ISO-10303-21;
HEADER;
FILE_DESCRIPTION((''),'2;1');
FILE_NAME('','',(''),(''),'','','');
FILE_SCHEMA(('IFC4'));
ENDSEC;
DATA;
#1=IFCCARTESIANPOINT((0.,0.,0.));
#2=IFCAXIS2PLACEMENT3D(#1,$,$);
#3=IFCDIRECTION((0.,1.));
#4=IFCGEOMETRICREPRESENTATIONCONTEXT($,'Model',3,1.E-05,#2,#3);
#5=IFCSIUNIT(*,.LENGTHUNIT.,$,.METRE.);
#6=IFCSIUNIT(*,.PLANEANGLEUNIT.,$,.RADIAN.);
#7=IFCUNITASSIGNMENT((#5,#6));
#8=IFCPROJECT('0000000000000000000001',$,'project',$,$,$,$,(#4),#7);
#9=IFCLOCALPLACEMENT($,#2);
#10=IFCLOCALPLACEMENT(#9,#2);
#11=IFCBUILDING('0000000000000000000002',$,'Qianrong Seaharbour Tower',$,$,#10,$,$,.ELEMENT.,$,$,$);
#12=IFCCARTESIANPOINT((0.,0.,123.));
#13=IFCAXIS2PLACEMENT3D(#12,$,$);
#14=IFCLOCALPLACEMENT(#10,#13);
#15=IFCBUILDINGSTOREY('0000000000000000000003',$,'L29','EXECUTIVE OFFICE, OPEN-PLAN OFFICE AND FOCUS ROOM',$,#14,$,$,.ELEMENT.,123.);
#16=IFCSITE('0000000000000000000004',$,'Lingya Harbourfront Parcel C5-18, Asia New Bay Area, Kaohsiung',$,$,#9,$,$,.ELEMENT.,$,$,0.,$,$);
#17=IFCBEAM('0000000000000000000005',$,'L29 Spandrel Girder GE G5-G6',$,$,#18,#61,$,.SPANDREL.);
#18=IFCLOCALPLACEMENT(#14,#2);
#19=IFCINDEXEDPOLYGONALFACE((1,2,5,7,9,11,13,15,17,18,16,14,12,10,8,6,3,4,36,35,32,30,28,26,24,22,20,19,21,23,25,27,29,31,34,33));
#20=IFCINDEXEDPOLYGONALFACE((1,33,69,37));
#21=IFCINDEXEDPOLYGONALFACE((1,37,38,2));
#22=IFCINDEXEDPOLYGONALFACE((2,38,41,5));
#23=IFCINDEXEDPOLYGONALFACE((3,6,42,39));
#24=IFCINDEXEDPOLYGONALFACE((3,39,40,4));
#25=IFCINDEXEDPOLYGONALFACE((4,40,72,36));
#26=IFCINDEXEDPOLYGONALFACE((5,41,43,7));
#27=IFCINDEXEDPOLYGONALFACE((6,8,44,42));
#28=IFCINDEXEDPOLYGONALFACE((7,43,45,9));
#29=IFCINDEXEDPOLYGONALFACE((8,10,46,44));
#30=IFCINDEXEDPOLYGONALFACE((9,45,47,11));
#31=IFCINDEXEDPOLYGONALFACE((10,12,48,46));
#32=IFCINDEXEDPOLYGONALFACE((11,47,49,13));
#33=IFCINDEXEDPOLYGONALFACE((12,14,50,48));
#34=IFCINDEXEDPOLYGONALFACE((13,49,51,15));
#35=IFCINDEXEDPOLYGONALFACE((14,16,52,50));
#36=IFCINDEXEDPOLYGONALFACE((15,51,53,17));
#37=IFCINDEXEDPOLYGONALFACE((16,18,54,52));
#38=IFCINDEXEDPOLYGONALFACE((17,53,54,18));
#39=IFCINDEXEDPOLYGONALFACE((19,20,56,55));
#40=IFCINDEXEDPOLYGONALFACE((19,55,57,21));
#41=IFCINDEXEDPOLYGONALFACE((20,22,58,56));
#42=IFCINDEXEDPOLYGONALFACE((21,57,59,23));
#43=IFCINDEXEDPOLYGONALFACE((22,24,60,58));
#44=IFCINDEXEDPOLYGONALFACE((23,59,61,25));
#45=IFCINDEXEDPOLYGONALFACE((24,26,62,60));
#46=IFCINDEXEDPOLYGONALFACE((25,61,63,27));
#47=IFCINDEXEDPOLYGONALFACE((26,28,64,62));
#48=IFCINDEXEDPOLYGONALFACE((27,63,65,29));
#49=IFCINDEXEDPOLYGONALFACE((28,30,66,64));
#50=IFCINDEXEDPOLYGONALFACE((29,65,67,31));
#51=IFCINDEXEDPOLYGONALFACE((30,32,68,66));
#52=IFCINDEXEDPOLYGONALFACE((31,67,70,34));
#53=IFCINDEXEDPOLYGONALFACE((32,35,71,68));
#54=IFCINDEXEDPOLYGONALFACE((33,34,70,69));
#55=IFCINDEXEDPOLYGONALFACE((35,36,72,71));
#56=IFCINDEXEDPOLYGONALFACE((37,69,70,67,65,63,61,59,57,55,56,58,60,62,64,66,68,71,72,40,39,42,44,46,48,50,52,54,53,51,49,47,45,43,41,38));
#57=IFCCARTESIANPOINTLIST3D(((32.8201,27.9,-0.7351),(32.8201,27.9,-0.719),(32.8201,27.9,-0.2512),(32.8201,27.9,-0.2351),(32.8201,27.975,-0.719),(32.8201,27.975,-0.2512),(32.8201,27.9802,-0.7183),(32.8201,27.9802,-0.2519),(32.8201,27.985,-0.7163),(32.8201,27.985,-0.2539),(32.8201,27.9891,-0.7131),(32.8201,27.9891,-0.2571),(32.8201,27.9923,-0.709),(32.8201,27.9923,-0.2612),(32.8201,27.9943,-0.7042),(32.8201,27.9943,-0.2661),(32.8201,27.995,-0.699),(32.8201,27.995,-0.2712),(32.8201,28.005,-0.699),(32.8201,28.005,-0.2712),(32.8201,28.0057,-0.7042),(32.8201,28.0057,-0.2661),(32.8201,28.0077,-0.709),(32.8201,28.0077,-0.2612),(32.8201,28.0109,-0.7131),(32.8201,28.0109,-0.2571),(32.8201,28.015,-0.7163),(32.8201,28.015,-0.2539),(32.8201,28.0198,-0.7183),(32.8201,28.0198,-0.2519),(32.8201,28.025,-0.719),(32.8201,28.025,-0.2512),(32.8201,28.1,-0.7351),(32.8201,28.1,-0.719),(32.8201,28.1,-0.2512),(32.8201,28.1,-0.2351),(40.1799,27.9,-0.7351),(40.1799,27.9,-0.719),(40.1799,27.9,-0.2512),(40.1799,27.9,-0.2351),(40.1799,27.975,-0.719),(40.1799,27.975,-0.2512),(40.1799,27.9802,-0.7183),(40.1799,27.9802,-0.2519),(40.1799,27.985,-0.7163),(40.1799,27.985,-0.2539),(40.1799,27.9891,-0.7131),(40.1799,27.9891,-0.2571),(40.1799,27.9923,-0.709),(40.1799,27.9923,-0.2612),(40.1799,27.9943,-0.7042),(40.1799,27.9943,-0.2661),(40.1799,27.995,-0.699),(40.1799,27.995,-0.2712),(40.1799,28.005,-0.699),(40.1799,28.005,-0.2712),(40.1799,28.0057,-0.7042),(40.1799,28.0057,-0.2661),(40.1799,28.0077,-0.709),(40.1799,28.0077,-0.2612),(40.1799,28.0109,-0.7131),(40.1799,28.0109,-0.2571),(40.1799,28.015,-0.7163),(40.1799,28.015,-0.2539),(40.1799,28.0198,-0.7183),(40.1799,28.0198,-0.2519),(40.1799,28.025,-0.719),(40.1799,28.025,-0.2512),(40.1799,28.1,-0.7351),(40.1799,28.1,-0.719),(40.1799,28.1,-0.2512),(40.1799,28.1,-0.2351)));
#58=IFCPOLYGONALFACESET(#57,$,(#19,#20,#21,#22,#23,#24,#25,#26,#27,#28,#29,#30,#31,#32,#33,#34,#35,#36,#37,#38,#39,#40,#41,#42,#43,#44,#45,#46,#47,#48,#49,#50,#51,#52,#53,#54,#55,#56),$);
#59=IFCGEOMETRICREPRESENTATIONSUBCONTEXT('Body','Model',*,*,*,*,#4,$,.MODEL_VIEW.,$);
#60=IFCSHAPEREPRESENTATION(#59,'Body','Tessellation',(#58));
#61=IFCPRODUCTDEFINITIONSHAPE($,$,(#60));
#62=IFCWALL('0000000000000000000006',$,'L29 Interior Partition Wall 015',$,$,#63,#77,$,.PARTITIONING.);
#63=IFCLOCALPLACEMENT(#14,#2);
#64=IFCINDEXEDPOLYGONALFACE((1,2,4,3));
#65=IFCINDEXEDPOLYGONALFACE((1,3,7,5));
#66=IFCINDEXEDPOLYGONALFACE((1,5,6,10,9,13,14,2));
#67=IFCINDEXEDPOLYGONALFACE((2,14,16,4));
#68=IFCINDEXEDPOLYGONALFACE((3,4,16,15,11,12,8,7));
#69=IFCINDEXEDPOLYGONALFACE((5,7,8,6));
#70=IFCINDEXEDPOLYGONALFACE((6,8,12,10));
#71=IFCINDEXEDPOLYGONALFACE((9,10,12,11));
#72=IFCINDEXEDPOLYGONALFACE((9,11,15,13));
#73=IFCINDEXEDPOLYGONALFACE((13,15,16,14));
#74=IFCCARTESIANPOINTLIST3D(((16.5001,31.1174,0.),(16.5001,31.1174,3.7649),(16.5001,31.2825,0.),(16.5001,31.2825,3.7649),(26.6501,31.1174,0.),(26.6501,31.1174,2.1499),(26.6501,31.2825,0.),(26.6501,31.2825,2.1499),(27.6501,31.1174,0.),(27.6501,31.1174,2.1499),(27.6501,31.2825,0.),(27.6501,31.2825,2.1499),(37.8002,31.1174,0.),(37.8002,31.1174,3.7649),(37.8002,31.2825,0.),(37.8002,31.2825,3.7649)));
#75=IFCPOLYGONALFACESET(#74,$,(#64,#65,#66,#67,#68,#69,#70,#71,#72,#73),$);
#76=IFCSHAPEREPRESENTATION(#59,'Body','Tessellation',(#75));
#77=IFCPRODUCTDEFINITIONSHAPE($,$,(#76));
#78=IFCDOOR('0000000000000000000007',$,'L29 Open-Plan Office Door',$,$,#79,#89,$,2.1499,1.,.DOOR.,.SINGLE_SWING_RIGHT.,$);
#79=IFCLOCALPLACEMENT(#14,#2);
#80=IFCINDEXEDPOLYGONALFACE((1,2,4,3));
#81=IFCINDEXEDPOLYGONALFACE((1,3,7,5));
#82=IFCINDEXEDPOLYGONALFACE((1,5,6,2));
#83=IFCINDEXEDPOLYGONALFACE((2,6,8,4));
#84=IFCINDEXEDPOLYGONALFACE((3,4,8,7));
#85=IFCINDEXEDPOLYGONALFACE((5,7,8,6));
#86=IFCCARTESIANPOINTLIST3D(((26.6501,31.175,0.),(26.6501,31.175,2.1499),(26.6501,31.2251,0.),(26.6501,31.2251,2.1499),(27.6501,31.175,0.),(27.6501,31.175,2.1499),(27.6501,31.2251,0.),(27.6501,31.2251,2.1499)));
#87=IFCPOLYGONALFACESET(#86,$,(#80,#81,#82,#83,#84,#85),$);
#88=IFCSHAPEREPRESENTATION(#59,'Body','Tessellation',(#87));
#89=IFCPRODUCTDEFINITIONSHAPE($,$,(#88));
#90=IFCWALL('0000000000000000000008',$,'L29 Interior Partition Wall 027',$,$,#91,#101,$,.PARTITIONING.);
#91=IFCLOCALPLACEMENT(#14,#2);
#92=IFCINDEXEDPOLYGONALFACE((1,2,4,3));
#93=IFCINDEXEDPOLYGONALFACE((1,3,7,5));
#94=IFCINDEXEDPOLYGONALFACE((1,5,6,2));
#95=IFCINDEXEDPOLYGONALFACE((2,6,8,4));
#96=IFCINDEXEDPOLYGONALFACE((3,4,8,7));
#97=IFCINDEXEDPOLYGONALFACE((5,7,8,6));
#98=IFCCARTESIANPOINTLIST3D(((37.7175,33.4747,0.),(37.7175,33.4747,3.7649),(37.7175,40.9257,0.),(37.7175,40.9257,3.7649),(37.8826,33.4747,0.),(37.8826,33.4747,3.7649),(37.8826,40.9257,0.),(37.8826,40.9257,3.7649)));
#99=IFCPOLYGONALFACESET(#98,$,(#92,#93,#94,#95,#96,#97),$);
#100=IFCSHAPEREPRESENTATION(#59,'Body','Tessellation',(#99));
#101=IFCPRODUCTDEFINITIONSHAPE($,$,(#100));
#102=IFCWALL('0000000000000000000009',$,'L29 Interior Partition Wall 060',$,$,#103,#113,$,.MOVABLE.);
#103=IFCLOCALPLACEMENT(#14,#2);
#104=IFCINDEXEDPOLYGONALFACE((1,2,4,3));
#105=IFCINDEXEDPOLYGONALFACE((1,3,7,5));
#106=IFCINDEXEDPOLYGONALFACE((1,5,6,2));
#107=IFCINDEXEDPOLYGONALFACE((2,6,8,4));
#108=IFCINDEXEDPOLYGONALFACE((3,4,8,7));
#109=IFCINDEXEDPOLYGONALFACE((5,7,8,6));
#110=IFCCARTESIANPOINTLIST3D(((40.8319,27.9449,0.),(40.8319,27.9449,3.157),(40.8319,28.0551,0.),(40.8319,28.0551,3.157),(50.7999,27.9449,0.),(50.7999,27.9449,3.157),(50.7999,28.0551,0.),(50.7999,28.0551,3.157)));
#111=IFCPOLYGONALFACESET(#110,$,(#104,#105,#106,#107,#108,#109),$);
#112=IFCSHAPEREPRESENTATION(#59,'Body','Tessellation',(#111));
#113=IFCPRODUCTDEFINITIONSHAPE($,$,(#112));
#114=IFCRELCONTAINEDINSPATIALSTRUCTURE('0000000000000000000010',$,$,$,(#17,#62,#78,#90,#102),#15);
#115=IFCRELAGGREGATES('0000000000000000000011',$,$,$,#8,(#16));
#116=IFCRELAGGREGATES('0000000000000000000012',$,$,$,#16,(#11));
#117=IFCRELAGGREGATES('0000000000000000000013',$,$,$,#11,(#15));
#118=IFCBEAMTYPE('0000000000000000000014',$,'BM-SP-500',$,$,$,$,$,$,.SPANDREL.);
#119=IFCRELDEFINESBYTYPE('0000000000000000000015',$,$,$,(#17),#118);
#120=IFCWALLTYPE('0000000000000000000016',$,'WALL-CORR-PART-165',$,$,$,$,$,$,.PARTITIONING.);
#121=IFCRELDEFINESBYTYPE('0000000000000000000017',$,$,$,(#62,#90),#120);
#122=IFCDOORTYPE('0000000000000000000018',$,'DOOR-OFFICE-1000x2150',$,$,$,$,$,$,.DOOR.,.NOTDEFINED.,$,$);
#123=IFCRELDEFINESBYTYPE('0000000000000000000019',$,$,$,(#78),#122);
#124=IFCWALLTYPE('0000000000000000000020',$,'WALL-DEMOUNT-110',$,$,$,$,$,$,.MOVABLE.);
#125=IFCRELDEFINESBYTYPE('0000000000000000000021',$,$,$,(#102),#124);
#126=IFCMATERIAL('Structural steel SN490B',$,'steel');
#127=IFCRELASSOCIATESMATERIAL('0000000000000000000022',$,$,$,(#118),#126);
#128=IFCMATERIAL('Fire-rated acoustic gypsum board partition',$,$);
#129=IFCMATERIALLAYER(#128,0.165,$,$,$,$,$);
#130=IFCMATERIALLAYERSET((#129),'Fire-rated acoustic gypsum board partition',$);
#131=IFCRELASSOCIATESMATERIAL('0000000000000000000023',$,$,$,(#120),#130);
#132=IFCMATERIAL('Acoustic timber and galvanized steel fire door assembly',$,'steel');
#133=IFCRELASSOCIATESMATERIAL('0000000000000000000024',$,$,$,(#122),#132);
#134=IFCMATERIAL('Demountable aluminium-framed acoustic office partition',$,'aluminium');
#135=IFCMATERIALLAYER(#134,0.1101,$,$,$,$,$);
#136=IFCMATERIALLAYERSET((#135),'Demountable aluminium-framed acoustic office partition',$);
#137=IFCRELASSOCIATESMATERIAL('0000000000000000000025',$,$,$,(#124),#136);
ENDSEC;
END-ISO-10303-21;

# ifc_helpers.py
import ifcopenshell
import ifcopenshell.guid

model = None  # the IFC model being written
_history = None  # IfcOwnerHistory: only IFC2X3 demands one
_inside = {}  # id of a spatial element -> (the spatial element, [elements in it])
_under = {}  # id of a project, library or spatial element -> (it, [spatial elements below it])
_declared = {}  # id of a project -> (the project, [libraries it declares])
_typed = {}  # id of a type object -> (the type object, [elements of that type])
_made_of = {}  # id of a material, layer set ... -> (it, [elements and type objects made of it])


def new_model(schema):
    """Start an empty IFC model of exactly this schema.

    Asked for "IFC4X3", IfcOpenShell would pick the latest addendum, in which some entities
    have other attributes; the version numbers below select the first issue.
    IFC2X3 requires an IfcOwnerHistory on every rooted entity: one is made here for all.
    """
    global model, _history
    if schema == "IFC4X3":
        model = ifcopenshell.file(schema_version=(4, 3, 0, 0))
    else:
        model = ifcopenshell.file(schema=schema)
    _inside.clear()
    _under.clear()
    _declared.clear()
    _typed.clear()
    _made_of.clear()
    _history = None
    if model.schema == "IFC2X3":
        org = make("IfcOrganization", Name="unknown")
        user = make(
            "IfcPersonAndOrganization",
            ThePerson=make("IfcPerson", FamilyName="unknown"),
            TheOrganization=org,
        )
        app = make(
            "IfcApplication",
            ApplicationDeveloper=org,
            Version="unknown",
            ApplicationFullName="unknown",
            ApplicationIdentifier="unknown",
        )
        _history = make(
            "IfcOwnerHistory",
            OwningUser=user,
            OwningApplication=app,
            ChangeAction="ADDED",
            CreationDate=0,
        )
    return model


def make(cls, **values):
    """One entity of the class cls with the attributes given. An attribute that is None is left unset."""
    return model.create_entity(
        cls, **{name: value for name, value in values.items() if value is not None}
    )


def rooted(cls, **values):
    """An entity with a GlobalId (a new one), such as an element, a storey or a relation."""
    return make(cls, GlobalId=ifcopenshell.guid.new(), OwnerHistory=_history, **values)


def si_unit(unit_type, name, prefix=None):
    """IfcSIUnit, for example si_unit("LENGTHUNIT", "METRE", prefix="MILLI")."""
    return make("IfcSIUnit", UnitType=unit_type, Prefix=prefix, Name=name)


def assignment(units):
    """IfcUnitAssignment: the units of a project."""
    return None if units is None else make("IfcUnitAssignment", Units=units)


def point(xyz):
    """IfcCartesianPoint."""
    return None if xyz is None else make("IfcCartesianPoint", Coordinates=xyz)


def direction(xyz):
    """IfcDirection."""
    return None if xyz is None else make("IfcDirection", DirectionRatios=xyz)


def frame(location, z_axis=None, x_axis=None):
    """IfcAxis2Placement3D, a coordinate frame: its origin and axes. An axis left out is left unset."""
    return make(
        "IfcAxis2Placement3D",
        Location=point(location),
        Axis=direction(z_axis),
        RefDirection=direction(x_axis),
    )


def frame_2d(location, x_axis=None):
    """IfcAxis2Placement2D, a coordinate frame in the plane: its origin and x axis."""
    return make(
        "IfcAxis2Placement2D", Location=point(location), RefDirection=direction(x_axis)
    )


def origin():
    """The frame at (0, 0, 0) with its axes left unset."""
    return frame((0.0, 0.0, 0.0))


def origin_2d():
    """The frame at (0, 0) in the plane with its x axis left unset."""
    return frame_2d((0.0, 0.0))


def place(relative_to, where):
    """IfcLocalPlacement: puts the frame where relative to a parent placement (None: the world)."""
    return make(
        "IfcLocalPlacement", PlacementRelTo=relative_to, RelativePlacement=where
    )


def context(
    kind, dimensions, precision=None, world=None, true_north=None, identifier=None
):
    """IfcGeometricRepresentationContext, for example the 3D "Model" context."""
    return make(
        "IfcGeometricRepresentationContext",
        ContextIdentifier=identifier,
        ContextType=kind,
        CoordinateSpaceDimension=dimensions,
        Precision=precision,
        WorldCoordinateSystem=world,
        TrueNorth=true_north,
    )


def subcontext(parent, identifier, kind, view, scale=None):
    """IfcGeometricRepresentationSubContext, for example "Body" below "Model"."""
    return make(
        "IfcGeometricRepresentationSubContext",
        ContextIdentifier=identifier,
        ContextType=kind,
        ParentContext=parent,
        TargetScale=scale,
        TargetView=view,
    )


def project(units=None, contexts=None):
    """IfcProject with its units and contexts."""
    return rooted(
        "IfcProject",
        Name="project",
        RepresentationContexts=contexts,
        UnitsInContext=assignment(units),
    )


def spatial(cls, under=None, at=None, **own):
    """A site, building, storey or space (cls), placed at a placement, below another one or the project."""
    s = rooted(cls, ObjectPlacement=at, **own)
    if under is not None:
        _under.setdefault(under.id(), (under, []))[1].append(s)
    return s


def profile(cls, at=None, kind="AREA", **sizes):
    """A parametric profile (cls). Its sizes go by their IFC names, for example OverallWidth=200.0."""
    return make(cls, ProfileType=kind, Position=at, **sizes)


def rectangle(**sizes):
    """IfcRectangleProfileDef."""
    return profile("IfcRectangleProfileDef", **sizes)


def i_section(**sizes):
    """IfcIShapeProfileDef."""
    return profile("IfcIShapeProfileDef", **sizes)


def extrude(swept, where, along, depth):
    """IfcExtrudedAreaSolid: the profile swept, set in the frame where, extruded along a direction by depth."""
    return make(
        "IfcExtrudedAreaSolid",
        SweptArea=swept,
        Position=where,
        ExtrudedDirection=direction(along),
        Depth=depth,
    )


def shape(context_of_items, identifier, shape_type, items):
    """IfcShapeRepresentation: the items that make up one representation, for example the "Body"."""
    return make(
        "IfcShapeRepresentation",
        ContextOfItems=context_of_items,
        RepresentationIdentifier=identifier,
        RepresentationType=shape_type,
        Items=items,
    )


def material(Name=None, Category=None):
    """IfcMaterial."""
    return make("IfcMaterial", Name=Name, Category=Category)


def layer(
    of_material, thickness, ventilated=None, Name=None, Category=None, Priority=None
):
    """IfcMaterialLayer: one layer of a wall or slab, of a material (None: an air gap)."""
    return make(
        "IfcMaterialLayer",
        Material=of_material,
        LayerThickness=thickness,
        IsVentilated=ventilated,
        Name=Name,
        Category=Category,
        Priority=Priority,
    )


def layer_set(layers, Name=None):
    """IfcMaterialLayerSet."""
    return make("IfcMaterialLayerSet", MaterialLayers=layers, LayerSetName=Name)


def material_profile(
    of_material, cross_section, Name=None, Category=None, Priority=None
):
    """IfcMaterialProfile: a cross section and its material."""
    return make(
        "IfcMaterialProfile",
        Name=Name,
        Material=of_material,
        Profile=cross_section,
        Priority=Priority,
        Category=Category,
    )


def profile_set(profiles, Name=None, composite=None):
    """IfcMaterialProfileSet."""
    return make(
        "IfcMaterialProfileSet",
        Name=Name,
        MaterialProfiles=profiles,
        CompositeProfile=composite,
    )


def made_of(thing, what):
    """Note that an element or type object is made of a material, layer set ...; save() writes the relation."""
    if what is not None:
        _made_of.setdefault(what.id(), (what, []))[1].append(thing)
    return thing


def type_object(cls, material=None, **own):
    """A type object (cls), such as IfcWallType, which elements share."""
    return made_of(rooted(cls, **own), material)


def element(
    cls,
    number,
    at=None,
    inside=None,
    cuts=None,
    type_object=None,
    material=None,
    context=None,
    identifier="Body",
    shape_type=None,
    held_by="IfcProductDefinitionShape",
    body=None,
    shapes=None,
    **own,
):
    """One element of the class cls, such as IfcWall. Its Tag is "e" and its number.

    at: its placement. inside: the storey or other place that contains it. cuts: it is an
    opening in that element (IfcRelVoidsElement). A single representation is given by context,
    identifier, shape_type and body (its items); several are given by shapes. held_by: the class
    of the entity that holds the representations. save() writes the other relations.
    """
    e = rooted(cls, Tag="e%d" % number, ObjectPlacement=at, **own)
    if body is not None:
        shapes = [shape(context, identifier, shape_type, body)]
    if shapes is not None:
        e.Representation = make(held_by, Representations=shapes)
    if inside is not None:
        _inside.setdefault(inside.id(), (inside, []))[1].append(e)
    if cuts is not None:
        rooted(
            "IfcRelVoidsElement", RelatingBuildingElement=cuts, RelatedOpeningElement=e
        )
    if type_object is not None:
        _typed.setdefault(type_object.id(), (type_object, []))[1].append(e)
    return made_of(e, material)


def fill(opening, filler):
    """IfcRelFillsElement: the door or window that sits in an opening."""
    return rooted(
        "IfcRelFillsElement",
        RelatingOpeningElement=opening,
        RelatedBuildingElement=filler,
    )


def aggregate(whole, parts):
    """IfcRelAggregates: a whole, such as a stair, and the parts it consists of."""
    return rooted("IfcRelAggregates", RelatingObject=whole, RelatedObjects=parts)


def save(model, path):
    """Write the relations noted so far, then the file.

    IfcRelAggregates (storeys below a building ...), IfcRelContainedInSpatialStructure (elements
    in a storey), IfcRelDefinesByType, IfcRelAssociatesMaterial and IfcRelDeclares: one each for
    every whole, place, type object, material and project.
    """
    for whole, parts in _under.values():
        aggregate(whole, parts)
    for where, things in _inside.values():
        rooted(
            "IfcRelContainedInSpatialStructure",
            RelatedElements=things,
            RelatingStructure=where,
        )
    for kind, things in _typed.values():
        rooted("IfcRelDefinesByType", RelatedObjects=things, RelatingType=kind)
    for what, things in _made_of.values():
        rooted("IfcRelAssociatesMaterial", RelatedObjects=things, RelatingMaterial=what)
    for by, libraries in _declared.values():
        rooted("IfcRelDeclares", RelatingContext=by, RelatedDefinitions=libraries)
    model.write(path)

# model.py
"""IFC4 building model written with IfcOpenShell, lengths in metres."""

from ifc_helpers import new_model, si_unit, direction, frame, frame_2d, origin, origin_2d, place, context, subcontext, project, spatial, rectangle, i_section, extrude, material, layer, layer_set, material_profile, profile_set, type_object, element, fill, save


model = new_model("IFC4")

# Units and contexts
model_context = context("Model", 3, precision=1e-05, world=origin(), true_north=direction((0.0, 1.0)))
body_context = subcontext(model_context, "Body", "Model", "MODEL_VIEW")
ifc_project = project(units=[si_unit("LENGTHUNIT", "METRE"), si_unit("PLANEANGLEUNIT", "RADIAN")], contexts=[model_context])

# Site, building, storey
site_placement = place(None, origin())
site = spatial("IfcSite", under=ifc_project, at=site_placement, Name="Lingya Harbourfront Parcel C5-18, Asia New Bay Area, Kaohsiung", CompositionType="ELEMENT", RefElevation=0.0)
building_placement = place(site_placement, origin())
building = spatial("IfcBuilding", under=site, at=building_placement, Name="Qianrong Seaharbour Tower", CompositionType="ELEMENT")
storey_placement = place(building_placement, frame((0.0, 0.0, 123.0)))
storey = spatial("IfcBuildingStorey", under=building, at=storey_placement, Name="L29", Description="EXECUTIVE OFFICE, OPEN-PLAN OFFICE AND FOCUS ROOM", CompositionType="ELEMENT", Elevation=123.0)

# Shared definitions
ifc_material_1 = material(Name="Structural steel SN490B", Category="steel")

# Beam
ifc_material_profile_1 = material_profile(ifc_material_1, i_section(OverallWidth=0.2, OverallDepth=0.5, WebThickness=0.01, FlangeThickness=0.0161, FilletRadius=0.02, at=origin_2d()), Name="H500x200x10x16")
ifc_profile_set_1 = profile_set([ifc_material_profile_1], Name="Structural steel SN490B")
beam_type_1 = type_object("IfcBeamType", Name="BM-SP-500", PredefinedType="SPANDREL", material=ifc_profile_set_1)
for number, where, z_axis, x_axis, name in (
    (1, (32.8201, 28.0, -0.4851), (1.0, 0.0, 0.0), (0.0, 1.0, 0.0), "L29 Spandrel Girder GE G5-G6"),
):
    element("IfcBeam", number, at=place(storey_placement, frame(where, z_axis=z_axis, x_axis=x_axis)), inside=storey, type_object=beam_type_1, Name=name, PredefinedType="SPANDREL", context=body_context, shape_type="SweptSolid", body=[
        extrude(i_section(OverallWidth=0.2, OverallDepth=0.5, WebThickness=0.01, FlangeThickness=0.0161, FilletRadius=0.02, at=origin_2d()), origin(), (0.0, 0.0, 1.0), 7.3599),
    ])

# Wall, opening, door
ifc_material_2 = material(Name="Fire-rated acoustic gypsum board partition")
ifc_layer_1 = layer(ifc_material_2, 0.165)
ifc_layer_set_1 = layer_set([ifc_layer_1], Name="Fire-rated acoustic gypsum board partition")
wall_type_1 = type_object("IfcWallType", Name="WALL-CORR-PART-165", PredefinedType="PARTITIONING", material=ifc_layer_set_1)
wall_1_placement = place(storey_placement, frame((37.8, 31.2, 0.0), z_axis=(0.0, 0.0, 1.0), x_axis=(-1.0, 0.0, 0.0)))
wall_1 = element("IfcWall", 2, at=wall_1_placement, inside=storey, type_object=wall_type_1, Name="L29 Interior Partition Wall 015", PredefinedType="PARTITIONING", context=body_context, shape_type="SweptSolid", body=[
    extrude(rectangle(XDim=21.3, YDim=0.165, at=frame_2d((10.6499, 0.0))), origin(), (0.0, 0.0, 1.0), 3.7649),
])
opening_1_placement = place(wall_1_placement, frame((10.1499, 0.0, 0.0)))
opening_1 = element("IfcOpeningElement", 3, at=opening_1_placement, cuts=wall_1, PredefinedType="OPENING", context=body_context, shape_type="SweptSolid", body=[
    extrude(rectangle(XDim=1.0, YDim=2.1499, at=frame_2d((0.5, 1.075))), frame((0.0, 0.0925, 0.0), z_axis=(0.0, -1.0, 0.0), x_axis=(1.0, 0.0, 0.0)), (0.0, 0.0, 1.0), 0.1851),
])
ifc_material_3 = material(Name="Acoustic timber and galvanized steel fire door assembly", Category="steel")
door_type_1 = type_object("IfcDoorType", Name="DOOR-OFFICE-1000x2150", OperationType="NOTDEFINED", PredefinedType="DOOR", material=ifc_material_3)
door_1_placement = place(opening_1_placement, origin())
door_1 = element("IfcDoor", 4, at=door_1_placement, inside=storey, type_object=door_type_1, Name="L29 Open-Plan Office Door", OperationType="SINGLE_SWING_RIGHT", OverallHeight=2.1499, OverallWidth=1.0, PredefinedType="DOOR", context=body_context, shape_type="SweptSolid", body=[
    extrude(rectangle(XDim=1.0, YDim=2.1499, at=frame_2d((0.5, 1.075))), frame((0.0, 0.0249, 0.0), z_axis=(0.0, -1.0, 0.0), x_axis=(1.0, 0.0, 0.0)), (0.0, 0.0, 1.0), 0.05),
])
fill(opening_1, door_1)

# Walls
wall_2_placement = place(storey_placement, frame((37.8, 33.4746, 0.0), z_axis=(0.0, 0.0, 1.0), x_axis=(0.0, 1.0, 0.0)))
element("IfcWall", 5, at=wall_2_placement, inside=storey, type_object=wall_type_1, Name="L29 Interior Partition Wall 027", PredefinedType="PARTITIONING", context=body_context, shape_type="SweptSolid", body=[
    extrude(rectangle(XDim=7.4509, YDim=0.165, at=frame_2d((3.7256, 0.0))), origin(), (0.0, 0.0, 1.0), 3.7649),
])
ifc_material_4 = material(Name="Demountable aluminium-framed acoustic office partition", Category="aluminium")
ifc_layer_2 = layer(ifc_material_4, 0.1101)
ifc_layer_set_2 = layer_set([ifc_layer_2], Name="Demountable aluminium-framed acoustic office partition")
wall_type_2 = type_object("IfcWallType", Name="WALL-DEMOUNT-110", PredefinedType="MOVABLE", material=ifc_layer_set_2)
wall_3_placement = place(storey_placement, frame((40.832, 28.0, 0.0), z_axis=(0.0, 0.0, 1.0), x_axis=(1.0, 0.0, 0.0)))
element("IfcWall", 6, at=wall_3_placement, inside=storey, type_object=wall_type_2, Name="L29 Interior Partition Wall 060", PredefinedType="MOVABLE", context=body_context, shape_type="SweptSolid", body=[
    extrude(rectangle(XDim=9.968, YDim=0.1101, at=frame_2d((4.9839, 0.0))), origin(), (0.0, 0.0, 1.0), 3.157),
])

save(model, "model.ifc")
